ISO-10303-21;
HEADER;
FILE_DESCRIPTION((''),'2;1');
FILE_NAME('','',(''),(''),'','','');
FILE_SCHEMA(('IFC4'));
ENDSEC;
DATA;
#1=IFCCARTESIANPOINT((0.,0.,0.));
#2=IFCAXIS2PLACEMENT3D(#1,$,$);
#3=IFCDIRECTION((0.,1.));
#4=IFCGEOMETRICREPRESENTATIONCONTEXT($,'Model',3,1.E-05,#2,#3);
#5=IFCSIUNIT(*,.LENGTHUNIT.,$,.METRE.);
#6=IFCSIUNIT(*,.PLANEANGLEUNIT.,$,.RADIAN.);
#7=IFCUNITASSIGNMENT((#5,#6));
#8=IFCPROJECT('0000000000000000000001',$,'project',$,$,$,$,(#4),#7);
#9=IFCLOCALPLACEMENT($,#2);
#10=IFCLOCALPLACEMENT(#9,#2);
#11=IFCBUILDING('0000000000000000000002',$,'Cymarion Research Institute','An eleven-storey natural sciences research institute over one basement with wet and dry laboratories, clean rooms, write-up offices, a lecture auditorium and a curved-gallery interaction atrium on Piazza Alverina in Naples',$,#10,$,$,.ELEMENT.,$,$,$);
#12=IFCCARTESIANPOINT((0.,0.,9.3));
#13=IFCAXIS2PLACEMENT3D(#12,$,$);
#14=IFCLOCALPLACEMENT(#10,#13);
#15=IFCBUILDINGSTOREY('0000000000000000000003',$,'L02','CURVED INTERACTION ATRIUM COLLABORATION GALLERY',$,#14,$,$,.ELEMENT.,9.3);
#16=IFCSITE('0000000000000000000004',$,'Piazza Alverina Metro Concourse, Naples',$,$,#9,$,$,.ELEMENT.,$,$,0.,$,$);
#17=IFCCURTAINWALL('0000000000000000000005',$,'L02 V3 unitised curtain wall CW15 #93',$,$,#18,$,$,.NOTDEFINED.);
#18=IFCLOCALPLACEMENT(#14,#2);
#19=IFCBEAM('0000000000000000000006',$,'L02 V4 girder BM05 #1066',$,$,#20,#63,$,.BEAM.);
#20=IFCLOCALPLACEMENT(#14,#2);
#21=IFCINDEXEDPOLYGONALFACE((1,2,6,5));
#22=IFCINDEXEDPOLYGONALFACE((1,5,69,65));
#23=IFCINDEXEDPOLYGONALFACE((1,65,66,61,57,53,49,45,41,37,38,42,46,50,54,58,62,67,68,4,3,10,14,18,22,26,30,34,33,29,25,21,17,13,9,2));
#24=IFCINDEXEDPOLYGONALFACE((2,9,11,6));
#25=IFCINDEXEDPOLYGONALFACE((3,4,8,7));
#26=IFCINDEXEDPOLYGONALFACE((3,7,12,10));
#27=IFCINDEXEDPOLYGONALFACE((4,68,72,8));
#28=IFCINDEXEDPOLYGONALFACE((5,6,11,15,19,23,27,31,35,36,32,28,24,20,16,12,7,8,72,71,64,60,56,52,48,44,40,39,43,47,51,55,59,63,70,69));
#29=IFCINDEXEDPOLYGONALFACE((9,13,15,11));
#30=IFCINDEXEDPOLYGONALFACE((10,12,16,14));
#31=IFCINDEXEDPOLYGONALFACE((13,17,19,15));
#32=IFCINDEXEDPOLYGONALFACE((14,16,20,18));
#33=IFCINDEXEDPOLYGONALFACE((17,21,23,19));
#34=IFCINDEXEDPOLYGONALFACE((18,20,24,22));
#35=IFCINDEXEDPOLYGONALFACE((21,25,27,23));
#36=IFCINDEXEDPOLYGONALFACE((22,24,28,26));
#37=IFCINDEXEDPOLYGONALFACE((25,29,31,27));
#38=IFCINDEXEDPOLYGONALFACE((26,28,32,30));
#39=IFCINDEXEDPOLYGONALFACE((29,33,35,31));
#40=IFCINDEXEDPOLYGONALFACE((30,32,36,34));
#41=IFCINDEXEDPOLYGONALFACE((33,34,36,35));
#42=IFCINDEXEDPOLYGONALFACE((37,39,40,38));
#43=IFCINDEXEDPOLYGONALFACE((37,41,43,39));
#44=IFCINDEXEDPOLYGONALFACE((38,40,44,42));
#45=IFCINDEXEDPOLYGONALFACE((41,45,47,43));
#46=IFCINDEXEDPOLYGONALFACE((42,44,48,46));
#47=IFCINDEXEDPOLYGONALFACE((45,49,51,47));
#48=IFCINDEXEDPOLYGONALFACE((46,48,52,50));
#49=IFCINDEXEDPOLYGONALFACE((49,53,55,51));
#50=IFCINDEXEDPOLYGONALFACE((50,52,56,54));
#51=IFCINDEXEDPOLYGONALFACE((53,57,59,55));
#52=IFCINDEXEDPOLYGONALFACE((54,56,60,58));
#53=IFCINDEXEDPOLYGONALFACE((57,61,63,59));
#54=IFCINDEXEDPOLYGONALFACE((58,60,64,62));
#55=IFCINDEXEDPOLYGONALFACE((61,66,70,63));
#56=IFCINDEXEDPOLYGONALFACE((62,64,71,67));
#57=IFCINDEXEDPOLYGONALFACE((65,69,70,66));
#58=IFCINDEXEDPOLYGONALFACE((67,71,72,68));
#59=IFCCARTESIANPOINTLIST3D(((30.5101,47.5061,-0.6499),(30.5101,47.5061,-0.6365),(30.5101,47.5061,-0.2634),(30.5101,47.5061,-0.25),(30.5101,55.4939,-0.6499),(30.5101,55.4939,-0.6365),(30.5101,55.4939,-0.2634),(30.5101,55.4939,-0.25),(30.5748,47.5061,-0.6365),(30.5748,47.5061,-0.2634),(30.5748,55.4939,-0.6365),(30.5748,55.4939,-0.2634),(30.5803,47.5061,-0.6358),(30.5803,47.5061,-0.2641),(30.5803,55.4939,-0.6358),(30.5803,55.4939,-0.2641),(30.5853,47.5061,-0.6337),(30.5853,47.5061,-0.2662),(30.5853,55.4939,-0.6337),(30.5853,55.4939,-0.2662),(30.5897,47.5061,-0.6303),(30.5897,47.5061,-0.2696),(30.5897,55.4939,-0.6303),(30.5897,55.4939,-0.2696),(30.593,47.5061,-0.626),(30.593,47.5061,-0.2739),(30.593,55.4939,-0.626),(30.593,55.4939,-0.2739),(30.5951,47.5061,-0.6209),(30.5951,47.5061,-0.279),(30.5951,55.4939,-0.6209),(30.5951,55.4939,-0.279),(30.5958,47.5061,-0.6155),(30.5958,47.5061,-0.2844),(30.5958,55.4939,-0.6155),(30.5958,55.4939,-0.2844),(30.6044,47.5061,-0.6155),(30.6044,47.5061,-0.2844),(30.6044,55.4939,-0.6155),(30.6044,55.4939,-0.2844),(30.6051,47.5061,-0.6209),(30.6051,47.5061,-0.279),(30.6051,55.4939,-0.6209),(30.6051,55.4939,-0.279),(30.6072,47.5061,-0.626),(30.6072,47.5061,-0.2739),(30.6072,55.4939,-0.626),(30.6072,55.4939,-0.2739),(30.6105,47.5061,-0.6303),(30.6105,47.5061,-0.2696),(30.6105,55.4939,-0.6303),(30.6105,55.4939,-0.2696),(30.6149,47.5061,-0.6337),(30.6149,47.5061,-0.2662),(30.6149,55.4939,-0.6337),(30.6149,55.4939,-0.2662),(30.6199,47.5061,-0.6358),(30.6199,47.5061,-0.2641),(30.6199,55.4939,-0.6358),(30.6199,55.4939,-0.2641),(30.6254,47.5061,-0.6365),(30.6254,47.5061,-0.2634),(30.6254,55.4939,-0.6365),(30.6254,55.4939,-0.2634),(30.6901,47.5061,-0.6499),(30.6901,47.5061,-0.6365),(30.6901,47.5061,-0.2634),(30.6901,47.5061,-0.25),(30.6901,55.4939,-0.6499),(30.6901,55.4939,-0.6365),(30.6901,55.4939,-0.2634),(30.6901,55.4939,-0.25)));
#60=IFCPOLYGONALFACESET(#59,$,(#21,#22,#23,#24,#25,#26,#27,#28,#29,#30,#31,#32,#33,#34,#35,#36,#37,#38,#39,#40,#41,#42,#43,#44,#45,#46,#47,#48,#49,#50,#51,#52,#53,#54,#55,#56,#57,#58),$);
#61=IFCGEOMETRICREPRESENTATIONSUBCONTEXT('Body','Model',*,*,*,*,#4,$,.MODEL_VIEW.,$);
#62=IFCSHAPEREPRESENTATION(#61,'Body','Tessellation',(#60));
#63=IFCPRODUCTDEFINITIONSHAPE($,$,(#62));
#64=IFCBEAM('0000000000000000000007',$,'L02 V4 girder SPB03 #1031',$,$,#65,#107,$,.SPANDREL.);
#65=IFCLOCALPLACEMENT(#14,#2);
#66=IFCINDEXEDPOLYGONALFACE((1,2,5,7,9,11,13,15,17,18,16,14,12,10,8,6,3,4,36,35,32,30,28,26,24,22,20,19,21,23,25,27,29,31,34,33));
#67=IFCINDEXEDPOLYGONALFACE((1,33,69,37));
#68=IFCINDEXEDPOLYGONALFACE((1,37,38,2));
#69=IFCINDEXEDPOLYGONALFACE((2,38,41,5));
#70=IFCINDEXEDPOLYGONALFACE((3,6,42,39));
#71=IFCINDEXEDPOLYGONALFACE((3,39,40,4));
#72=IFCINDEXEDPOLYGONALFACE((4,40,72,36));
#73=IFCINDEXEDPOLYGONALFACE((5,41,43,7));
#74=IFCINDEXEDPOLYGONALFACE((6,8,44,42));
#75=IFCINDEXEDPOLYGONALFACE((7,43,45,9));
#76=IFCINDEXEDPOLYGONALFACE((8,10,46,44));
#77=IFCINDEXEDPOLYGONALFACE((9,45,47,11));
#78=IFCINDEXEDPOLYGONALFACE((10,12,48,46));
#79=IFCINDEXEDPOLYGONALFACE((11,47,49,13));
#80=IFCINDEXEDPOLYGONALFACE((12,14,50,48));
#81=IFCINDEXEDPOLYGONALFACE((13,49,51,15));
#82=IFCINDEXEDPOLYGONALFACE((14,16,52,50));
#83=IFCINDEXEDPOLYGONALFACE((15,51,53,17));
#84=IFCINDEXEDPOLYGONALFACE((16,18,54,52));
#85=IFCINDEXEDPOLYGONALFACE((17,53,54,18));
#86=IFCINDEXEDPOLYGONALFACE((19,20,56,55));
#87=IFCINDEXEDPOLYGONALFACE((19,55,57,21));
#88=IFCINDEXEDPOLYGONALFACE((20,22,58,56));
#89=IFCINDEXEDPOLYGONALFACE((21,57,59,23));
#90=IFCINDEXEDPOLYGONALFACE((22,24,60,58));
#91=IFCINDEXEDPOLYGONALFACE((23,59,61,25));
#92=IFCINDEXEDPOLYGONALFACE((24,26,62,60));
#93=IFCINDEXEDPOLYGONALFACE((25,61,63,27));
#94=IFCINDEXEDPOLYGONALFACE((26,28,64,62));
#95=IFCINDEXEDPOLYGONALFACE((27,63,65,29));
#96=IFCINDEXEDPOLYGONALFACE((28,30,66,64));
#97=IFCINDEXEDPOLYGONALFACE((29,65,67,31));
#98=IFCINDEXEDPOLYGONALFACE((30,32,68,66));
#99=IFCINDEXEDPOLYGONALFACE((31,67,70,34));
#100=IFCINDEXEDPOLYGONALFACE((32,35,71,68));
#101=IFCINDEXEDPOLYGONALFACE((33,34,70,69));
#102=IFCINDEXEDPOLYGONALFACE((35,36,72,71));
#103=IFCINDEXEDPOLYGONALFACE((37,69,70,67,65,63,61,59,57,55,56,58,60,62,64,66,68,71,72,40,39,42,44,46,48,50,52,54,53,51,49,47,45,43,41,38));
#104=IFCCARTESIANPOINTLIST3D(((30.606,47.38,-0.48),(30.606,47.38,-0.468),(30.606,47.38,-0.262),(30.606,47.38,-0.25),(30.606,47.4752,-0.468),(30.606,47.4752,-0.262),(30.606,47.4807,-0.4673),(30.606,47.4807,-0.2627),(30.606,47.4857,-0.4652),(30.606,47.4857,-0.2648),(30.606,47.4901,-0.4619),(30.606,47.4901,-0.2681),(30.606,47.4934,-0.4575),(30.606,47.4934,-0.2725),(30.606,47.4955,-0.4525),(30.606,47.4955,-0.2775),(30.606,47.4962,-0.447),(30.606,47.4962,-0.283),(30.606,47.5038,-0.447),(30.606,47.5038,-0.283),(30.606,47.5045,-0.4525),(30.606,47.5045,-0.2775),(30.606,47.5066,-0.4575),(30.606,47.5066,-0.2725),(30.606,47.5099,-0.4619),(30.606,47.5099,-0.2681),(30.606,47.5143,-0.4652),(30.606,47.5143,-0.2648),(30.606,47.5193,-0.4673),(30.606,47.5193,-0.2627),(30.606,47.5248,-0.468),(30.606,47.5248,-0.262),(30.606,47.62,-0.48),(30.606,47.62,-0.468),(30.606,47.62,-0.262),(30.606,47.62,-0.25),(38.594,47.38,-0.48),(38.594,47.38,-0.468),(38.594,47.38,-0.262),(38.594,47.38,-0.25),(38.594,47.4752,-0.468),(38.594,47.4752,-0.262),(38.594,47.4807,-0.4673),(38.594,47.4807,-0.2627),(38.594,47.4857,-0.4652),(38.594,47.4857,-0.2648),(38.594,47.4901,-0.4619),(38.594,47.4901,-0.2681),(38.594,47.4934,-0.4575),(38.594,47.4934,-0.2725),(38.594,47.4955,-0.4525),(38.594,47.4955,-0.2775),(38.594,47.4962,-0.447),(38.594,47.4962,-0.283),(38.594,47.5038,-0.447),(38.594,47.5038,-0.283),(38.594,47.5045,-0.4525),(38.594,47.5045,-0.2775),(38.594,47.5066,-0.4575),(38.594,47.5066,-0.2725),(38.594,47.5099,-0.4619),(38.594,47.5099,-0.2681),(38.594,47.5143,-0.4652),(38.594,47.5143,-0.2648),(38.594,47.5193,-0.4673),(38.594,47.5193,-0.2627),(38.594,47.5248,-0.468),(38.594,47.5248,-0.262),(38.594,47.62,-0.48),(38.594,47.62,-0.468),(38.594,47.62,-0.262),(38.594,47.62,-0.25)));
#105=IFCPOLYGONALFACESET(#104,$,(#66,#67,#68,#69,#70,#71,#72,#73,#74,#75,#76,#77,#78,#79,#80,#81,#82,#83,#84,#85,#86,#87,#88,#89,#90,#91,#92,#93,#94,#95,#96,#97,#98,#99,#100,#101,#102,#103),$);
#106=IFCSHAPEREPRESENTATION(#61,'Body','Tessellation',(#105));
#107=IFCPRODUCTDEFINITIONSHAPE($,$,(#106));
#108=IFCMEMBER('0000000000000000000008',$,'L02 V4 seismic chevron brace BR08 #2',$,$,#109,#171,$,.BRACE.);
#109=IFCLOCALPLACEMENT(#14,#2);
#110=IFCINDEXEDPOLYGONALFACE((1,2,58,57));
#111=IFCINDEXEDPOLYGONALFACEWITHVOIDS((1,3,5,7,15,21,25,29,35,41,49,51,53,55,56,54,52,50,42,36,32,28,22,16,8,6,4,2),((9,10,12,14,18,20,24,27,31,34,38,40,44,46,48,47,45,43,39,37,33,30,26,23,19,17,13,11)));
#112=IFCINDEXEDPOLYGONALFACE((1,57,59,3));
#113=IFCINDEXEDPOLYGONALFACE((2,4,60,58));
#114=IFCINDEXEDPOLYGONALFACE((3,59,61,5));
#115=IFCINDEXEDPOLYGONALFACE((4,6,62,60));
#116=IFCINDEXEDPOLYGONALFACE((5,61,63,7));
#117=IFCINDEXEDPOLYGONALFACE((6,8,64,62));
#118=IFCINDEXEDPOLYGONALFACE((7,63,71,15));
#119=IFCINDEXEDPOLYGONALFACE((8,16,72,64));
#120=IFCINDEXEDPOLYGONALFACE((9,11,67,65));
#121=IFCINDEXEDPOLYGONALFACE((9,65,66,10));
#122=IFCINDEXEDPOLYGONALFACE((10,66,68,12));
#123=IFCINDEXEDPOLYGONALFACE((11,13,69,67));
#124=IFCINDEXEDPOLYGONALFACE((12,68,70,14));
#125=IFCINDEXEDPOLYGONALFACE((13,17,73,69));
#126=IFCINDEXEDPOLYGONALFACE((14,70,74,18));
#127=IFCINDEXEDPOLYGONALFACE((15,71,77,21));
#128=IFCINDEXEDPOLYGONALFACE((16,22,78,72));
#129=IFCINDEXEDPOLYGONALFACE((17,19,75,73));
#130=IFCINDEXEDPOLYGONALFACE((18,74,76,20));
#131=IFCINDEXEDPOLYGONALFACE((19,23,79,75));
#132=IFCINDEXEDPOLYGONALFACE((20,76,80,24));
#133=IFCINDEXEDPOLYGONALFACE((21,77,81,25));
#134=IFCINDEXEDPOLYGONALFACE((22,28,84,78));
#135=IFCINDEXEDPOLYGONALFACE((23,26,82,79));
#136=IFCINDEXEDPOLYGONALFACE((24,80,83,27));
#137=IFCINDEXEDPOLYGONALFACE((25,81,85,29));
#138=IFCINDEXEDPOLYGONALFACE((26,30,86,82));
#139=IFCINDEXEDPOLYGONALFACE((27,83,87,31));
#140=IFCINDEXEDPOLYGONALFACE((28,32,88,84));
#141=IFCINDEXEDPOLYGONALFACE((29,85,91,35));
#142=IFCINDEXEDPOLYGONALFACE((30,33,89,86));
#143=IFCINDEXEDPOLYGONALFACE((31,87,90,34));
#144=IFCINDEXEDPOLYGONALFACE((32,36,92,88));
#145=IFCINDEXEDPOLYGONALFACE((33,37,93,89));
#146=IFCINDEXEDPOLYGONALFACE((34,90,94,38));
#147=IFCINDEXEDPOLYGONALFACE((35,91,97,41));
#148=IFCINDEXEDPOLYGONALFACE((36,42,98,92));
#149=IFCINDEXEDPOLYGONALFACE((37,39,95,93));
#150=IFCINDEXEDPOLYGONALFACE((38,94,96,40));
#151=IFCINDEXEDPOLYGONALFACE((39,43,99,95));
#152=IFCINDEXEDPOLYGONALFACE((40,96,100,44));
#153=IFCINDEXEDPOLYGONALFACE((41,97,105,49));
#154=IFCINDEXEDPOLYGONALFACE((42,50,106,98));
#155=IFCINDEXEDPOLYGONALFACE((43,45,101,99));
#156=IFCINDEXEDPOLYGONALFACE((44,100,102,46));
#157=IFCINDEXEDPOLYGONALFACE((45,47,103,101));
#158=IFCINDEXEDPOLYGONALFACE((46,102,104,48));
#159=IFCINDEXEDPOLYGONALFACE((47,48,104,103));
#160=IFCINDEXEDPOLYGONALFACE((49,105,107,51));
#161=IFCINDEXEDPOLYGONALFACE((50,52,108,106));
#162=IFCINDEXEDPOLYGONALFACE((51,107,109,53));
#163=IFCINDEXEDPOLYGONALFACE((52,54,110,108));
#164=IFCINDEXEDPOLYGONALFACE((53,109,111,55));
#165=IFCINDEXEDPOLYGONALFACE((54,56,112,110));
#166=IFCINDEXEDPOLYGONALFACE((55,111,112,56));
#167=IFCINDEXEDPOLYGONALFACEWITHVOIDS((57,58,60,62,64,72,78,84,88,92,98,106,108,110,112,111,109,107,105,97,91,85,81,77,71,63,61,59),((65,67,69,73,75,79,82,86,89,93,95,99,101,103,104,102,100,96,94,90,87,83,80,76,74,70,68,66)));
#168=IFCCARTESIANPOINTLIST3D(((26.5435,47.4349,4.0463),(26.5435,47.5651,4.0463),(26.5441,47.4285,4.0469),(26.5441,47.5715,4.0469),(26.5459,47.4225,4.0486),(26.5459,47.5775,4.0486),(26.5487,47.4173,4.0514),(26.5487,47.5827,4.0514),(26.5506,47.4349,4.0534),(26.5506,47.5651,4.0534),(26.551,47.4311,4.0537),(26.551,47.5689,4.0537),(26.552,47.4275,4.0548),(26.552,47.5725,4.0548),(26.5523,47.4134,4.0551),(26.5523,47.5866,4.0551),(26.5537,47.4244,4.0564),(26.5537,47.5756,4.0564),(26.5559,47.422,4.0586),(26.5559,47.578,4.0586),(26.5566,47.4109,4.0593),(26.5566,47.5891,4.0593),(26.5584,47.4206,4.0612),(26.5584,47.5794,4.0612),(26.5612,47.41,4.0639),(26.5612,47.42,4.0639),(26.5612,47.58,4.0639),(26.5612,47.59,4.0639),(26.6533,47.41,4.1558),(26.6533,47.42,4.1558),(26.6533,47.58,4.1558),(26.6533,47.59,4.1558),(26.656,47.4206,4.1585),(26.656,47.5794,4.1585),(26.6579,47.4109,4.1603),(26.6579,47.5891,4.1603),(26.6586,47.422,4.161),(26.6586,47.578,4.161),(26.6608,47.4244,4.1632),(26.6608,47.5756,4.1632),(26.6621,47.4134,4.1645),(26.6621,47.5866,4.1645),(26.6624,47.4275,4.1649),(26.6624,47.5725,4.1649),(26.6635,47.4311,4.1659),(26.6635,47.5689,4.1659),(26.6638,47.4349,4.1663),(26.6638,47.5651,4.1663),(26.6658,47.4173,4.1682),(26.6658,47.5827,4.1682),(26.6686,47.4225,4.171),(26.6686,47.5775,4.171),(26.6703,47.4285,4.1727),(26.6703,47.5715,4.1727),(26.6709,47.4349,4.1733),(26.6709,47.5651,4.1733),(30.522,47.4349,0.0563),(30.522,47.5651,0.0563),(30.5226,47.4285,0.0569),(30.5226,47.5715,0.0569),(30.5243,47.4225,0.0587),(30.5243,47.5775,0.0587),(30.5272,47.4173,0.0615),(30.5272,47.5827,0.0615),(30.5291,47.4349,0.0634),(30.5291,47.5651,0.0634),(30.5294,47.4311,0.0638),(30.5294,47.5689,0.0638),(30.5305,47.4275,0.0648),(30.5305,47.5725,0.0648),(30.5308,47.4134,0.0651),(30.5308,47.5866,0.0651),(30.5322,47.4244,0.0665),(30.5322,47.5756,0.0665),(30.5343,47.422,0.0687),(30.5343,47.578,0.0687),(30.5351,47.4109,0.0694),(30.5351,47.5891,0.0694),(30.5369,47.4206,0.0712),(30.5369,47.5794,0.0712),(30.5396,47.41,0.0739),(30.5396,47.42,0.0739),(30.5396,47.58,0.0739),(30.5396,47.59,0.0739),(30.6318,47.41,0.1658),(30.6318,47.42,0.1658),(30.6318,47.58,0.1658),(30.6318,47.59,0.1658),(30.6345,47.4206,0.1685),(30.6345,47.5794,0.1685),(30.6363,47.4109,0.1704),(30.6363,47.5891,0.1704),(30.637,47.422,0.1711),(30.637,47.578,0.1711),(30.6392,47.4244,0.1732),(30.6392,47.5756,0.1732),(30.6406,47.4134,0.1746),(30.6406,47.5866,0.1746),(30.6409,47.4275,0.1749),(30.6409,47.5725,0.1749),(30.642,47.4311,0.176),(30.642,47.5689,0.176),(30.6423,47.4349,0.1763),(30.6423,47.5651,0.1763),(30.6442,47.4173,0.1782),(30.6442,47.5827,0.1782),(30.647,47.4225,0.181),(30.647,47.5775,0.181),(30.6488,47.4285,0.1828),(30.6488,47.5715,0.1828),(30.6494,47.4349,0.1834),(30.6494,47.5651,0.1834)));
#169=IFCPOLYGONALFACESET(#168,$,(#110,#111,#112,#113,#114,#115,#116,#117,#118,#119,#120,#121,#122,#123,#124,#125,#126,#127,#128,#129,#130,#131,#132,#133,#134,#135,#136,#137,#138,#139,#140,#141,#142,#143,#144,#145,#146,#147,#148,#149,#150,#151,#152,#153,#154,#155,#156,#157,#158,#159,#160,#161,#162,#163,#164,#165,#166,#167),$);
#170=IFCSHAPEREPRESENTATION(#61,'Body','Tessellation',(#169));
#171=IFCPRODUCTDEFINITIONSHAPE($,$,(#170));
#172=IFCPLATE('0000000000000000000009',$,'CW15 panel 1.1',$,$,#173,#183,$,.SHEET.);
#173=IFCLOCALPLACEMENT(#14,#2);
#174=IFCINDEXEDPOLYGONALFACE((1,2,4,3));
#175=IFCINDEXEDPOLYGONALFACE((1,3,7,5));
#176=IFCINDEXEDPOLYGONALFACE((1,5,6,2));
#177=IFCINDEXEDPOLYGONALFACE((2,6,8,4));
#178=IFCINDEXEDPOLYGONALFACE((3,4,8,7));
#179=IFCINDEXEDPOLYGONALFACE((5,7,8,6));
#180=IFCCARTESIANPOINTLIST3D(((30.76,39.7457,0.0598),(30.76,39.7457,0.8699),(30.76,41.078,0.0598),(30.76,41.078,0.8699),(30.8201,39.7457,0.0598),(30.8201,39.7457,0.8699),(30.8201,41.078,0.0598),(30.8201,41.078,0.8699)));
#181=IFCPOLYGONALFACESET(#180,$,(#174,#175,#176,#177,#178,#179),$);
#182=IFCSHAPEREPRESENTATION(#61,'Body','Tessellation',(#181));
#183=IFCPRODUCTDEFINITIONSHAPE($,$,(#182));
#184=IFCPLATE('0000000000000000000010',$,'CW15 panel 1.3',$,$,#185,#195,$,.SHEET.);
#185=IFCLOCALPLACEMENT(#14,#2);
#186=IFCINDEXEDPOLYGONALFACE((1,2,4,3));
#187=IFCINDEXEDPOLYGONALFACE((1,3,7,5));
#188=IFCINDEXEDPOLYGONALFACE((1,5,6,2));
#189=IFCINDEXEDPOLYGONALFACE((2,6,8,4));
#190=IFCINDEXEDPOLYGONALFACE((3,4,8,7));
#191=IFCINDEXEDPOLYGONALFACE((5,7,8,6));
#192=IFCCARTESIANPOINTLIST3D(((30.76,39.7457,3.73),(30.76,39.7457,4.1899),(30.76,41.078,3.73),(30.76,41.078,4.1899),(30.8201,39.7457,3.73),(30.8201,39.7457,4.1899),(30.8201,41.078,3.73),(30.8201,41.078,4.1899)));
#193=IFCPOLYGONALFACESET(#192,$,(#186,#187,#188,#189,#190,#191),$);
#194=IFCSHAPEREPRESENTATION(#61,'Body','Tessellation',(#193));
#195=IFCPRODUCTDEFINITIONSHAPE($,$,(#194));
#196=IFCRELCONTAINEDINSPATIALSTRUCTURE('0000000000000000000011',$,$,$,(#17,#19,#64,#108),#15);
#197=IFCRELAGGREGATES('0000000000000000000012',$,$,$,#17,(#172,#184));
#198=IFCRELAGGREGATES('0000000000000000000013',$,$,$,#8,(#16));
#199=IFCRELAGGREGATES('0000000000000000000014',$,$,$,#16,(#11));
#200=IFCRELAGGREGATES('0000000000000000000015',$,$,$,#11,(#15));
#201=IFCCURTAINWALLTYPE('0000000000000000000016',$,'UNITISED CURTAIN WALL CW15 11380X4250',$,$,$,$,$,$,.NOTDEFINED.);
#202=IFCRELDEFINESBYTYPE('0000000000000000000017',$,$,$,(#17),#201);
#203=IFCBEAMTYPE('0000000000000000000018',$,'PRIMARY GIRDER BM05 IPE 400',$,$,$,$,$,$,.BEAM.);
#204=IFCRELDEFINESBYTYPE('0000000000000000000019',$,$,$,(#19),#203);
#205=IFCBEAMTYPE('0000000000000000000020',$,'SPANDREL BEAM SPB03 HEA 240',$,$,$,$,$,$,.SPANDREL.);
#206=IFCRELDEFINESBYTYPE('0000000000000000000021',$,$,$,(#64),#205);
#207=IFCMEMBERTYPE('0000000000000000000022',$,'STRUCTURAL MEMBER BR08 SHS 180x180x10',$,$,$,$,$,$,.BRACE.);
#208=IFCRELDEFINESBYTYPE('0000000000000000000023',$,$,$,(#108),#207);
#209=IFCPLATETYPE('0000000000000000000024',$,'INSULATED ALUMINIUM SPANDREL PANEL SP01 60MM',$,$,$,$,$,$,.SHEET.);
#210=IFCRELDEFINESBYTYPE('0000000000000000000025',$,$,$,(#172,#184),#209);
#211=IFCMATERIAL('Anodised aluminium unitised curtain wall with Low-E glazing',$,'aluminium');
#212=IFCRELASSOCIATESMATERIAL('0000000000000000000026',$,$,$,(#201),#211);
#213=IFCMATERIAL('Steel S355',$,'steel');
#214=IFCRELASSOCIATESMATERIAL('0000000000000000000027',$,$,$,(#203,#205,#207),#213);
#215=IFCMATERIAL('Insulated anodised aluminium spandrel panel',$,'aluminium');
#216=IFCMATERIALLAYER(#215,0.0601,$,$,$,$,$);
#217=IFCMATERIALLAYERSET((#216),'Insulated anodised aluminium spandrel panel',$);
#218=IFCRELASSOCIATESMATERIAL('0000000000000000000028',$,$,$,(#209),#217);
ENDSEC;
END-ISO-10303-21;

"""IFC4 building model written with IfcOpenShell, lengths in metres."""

from ifc_helpers import new_model, si_unit, direction, frame, origin, origin_2d, place, context, subcontext, project, spatial, rectangle, hollow_rectangle, i_section, extrude, material, layer, layer_set, material_profile, profile_set, type_object, element, aggregate, save


model = new_model("IFC4")

# Units and contexts
model_context = context("Model", 3, precision=1e-05, world=origin(), true_north=direction((0.0, 1.0)))
body_context = subcontext(model_context, "Body", "Model", "MODEL_VIEW")
ifc_project = project(units=[si_unit("LENGTHUNIT", "METRE"), si_unit("PLANEANGLEUNIT", "RADIAN")], contexts=[model_context])

# Site, building, storey
site_placement = place(None, origin())
site = spatial("IfcSite", under=ifc_project, at=site_placement, Name="Piazza Alverina Metro Concourse, Naples", CompositionType="ELEMENT", RefElevation=0.0)
building_placement = place(site_placement, origin())
building = spatial("IfcBuilding", under=site, at=building_placement, Name="Cymarion Research Institute", Description="An eleven-storey natural sciences research institute over one basement with wet and dry laboratories, clean rooms, write-up offices, a lecture auditorium and a curved-gallery interaction atrium on Piazza Alverina in Naples", CompositionType="ELEMENT")
storey_placement = place(building_placement, frame((0.0, 0.0, 9.3)))
storey = spatial("IfcBuildingStorey", under=building, at=storey_placement, Name="L02", Description="CURVED INTERACTION ATRIUM COLLABORATION GALLERY", CompositionType="ELEMENT", Elevation=9.3)

# Curtain wall
ifc_material_1 = material(Name="Anodised aluminium unitised curtain wall with Low-E glazing", Category="aluminium")
curtain_wall_type = type_object("IfcCurtainWallType", Name="UNITISED CURTAIN WALL CW15 11380X4250", PredefinedType="NOTDEFINED", material=ifc_material_1)
curtain_wall_placement = place(storey_placement, origin())
curtain_wall = element("IfcCurtainWall", 1, at=curtain_wall_placement, inside=storey, type_object=curtain_wall_type, Name="L02 V3 unitised curtain wall CW15 #93", PredefinedType="NOTDEFINED")

# Beams
ifc_material_2 = material(Name="Steel S355", Category="steel")
ifc_material_profile_1 = material_profile(ifc_material_2, i_section(OverallWidth=0.1799, OverallDepth=0.3999, WebThickness=0.0085, FlangeThickness=0.0134, FilletRadius=0.021, at=origin_2d()), Name="IPE 400")
ifc_profile_set_1 = profile_set([ifc_material_profile_1], Name="Steel S355")
beam_type_1 = type_object("IfcBeamType", Name="PRIMARY GIRDER BM05 IPE 400", PredefinedType="BEAM", material=ifc_profile_set_1)
beam_1_placement = place(storey_placement, frame((30.6001, 47.5061, -0.45), z_axis=(0.0, 1.0, 0.0), x_axis=(-1.0, 0.0, 0.0)))
element("IfcBeam", 2, at=beam_1_placement, inside=storey, type_object=beam_type_1, Name="L02 V4 girder BM05 #1066", PredefinedType="BEAM", context=body_context, shape_type="SweptSolid", body=[
    extrude(i_section(OverallWidth=0.1799, OverallDepth=0.3999, WebThickness=0.0085, FlangeThickness=0.0134, FilletRadius=0.021, at=origin_2d()), origin(), (0.0, 0.0, 1.0), 7.9878),
])
ifc_material_profile_2 = material_profile(ifc_material_2, i_section(OverallWidth=0.24, OverallDepth=0.23, WebThickness=0.0076, FlangeThickness=0.012, FilletRadius=0.021, at=origin_2d()), Name="HEA 240")
ifc_profile_set_2 = profile_set([ifc_material_profile_2], Name="Steel S355")
beam_type_2 = type_object("IfcBeamType", Name="SPANDREL BEAM SPB03 HEA 240", PredefinedType="SPANDREL", material=ifc_profile_set_2)
beam_2_placement = place(storey_placement, frame((30.606, 47.5, -0.365), z_axis=(1.0, 0.0, 0.0), x_axis=(0.0, 1.0, 0.0)))
element("IfcBeam", 3, at=beam_2_placement, inside=storey, type_object=beam_type_2, Name="L02 V4 girder SPB03 #1031", PredefinedType="SPANDREL", context=body_context, shape_type="SweptSolid", body=[
    extrude(i_section(OverallWidth=0.24, OverallDepth=0.23, WebThickness=0.0076, FlangeThickness=0.012, FilletRadius=0.021, at=origin_2d()), origin(), (0.0, 0.0, 1.0), 7.988),
])

# Member
ifc_material_profile_3 = material_profile(ifc_material_2, hollow_rectangle(XDim=0.1799, YDim=0.1799, WallThickness=0.01, InnerFilletRadius=0.0149, OuterFilletRadius=0.0249, at=origin_2d()), Name="SHS 180x180x10")
ifc_profile_set_3 = profile_set([ifc_material_profile_3], Name="Steel S355")
member_type_1 = type_object("IfcMemberType", Name="STRUCTURAL MEMBER BR08 SHS 180x180x10", PredefinedType="BRACE", material=ifc_profile_set_3)
member_1_placement = place(storey_placement, frame((30.5857, 47.5, 0.1199), z_axis=(-0.706088, 0.0, 0.708124), x_axis=(0.0, -1.0, 0.0)))
element("IfcMember", 4, at=member_1_placement, inside=storey, type_object=member_type_1, Name="L02 V4 seismic chevron brace BR08 #2", PredefinedType="BRACE", context=body_context, shape_type="SweptSolid", body=[
    extrude(hollow_rectangle(XDim=0.1799, YDim=0.1799, WallThickness=0.01, InnerFilletRadius=0.0149, OuterFilletRadius=0.0249, at=origin_2d()), origin(), (0.0, 0.0, 1.0), 5.6345),
])

# Plates
ifc_material_3 = material(Name="Insulated anodised aluminium spandrel panel", Category="aluminium")
ifc_layer_1 = layer(ifc_material_3, 0.0601)
ifc_layer_set_1 = layer_set([ifc_layer_1], Name="Insulated anodised aluminium spandrel panel")
plate_type_1 = type_object("IfcPlateType", Name="INSULATED ALUMINIUM SPANDREL PANEL SP01 60MM", PredefinedType="SHEET", material=ifc_layer_set_1)
plate_1_placement = place(storey_placement, frame((30.79, 40.4119, 0.0598), z_axis=(0.0, 0.0, 1.0), x_axis=(0.0, -1.0, 0.0)))
plate_1 = element("IfcPlate", 5, at=plate_1_placement, type_object=plate_type_1, Name="CW15 panel 1.1", PredefinedType="SHEET", context=body_context, shape_type="SweptSolid", body=[
    extrude(rectangle(XDim=1.3323, YDim=0.0601, at=origin_2d()), origin(), (0.0, 0.0, 1.0), 0.8101),
])
plate_2_placement = place(storey_placement, frame((30.79, 40.4119, 3.73), z_axis=(0.0, 0.0, 1.0), x_axis=(0.0, -1.0, 0.0)))
plate_2 = element("IfcPlate", 6, at=plate_2_placement, type_object=plate_type_1, Name="CW15 panel 1.3", PredefinedType="SHEET", context=body_context, shape_type="SweptSolid", body=[
    extrude(rectangle(XDim=1.3323, YDim=0.0601, at=origin_2d()), origin(), (0.0, 0.0, 1.0), 0.46),
])
aggregate(curtain_wall, [plate_1, plate_2])

save(model, "model.ifc")
